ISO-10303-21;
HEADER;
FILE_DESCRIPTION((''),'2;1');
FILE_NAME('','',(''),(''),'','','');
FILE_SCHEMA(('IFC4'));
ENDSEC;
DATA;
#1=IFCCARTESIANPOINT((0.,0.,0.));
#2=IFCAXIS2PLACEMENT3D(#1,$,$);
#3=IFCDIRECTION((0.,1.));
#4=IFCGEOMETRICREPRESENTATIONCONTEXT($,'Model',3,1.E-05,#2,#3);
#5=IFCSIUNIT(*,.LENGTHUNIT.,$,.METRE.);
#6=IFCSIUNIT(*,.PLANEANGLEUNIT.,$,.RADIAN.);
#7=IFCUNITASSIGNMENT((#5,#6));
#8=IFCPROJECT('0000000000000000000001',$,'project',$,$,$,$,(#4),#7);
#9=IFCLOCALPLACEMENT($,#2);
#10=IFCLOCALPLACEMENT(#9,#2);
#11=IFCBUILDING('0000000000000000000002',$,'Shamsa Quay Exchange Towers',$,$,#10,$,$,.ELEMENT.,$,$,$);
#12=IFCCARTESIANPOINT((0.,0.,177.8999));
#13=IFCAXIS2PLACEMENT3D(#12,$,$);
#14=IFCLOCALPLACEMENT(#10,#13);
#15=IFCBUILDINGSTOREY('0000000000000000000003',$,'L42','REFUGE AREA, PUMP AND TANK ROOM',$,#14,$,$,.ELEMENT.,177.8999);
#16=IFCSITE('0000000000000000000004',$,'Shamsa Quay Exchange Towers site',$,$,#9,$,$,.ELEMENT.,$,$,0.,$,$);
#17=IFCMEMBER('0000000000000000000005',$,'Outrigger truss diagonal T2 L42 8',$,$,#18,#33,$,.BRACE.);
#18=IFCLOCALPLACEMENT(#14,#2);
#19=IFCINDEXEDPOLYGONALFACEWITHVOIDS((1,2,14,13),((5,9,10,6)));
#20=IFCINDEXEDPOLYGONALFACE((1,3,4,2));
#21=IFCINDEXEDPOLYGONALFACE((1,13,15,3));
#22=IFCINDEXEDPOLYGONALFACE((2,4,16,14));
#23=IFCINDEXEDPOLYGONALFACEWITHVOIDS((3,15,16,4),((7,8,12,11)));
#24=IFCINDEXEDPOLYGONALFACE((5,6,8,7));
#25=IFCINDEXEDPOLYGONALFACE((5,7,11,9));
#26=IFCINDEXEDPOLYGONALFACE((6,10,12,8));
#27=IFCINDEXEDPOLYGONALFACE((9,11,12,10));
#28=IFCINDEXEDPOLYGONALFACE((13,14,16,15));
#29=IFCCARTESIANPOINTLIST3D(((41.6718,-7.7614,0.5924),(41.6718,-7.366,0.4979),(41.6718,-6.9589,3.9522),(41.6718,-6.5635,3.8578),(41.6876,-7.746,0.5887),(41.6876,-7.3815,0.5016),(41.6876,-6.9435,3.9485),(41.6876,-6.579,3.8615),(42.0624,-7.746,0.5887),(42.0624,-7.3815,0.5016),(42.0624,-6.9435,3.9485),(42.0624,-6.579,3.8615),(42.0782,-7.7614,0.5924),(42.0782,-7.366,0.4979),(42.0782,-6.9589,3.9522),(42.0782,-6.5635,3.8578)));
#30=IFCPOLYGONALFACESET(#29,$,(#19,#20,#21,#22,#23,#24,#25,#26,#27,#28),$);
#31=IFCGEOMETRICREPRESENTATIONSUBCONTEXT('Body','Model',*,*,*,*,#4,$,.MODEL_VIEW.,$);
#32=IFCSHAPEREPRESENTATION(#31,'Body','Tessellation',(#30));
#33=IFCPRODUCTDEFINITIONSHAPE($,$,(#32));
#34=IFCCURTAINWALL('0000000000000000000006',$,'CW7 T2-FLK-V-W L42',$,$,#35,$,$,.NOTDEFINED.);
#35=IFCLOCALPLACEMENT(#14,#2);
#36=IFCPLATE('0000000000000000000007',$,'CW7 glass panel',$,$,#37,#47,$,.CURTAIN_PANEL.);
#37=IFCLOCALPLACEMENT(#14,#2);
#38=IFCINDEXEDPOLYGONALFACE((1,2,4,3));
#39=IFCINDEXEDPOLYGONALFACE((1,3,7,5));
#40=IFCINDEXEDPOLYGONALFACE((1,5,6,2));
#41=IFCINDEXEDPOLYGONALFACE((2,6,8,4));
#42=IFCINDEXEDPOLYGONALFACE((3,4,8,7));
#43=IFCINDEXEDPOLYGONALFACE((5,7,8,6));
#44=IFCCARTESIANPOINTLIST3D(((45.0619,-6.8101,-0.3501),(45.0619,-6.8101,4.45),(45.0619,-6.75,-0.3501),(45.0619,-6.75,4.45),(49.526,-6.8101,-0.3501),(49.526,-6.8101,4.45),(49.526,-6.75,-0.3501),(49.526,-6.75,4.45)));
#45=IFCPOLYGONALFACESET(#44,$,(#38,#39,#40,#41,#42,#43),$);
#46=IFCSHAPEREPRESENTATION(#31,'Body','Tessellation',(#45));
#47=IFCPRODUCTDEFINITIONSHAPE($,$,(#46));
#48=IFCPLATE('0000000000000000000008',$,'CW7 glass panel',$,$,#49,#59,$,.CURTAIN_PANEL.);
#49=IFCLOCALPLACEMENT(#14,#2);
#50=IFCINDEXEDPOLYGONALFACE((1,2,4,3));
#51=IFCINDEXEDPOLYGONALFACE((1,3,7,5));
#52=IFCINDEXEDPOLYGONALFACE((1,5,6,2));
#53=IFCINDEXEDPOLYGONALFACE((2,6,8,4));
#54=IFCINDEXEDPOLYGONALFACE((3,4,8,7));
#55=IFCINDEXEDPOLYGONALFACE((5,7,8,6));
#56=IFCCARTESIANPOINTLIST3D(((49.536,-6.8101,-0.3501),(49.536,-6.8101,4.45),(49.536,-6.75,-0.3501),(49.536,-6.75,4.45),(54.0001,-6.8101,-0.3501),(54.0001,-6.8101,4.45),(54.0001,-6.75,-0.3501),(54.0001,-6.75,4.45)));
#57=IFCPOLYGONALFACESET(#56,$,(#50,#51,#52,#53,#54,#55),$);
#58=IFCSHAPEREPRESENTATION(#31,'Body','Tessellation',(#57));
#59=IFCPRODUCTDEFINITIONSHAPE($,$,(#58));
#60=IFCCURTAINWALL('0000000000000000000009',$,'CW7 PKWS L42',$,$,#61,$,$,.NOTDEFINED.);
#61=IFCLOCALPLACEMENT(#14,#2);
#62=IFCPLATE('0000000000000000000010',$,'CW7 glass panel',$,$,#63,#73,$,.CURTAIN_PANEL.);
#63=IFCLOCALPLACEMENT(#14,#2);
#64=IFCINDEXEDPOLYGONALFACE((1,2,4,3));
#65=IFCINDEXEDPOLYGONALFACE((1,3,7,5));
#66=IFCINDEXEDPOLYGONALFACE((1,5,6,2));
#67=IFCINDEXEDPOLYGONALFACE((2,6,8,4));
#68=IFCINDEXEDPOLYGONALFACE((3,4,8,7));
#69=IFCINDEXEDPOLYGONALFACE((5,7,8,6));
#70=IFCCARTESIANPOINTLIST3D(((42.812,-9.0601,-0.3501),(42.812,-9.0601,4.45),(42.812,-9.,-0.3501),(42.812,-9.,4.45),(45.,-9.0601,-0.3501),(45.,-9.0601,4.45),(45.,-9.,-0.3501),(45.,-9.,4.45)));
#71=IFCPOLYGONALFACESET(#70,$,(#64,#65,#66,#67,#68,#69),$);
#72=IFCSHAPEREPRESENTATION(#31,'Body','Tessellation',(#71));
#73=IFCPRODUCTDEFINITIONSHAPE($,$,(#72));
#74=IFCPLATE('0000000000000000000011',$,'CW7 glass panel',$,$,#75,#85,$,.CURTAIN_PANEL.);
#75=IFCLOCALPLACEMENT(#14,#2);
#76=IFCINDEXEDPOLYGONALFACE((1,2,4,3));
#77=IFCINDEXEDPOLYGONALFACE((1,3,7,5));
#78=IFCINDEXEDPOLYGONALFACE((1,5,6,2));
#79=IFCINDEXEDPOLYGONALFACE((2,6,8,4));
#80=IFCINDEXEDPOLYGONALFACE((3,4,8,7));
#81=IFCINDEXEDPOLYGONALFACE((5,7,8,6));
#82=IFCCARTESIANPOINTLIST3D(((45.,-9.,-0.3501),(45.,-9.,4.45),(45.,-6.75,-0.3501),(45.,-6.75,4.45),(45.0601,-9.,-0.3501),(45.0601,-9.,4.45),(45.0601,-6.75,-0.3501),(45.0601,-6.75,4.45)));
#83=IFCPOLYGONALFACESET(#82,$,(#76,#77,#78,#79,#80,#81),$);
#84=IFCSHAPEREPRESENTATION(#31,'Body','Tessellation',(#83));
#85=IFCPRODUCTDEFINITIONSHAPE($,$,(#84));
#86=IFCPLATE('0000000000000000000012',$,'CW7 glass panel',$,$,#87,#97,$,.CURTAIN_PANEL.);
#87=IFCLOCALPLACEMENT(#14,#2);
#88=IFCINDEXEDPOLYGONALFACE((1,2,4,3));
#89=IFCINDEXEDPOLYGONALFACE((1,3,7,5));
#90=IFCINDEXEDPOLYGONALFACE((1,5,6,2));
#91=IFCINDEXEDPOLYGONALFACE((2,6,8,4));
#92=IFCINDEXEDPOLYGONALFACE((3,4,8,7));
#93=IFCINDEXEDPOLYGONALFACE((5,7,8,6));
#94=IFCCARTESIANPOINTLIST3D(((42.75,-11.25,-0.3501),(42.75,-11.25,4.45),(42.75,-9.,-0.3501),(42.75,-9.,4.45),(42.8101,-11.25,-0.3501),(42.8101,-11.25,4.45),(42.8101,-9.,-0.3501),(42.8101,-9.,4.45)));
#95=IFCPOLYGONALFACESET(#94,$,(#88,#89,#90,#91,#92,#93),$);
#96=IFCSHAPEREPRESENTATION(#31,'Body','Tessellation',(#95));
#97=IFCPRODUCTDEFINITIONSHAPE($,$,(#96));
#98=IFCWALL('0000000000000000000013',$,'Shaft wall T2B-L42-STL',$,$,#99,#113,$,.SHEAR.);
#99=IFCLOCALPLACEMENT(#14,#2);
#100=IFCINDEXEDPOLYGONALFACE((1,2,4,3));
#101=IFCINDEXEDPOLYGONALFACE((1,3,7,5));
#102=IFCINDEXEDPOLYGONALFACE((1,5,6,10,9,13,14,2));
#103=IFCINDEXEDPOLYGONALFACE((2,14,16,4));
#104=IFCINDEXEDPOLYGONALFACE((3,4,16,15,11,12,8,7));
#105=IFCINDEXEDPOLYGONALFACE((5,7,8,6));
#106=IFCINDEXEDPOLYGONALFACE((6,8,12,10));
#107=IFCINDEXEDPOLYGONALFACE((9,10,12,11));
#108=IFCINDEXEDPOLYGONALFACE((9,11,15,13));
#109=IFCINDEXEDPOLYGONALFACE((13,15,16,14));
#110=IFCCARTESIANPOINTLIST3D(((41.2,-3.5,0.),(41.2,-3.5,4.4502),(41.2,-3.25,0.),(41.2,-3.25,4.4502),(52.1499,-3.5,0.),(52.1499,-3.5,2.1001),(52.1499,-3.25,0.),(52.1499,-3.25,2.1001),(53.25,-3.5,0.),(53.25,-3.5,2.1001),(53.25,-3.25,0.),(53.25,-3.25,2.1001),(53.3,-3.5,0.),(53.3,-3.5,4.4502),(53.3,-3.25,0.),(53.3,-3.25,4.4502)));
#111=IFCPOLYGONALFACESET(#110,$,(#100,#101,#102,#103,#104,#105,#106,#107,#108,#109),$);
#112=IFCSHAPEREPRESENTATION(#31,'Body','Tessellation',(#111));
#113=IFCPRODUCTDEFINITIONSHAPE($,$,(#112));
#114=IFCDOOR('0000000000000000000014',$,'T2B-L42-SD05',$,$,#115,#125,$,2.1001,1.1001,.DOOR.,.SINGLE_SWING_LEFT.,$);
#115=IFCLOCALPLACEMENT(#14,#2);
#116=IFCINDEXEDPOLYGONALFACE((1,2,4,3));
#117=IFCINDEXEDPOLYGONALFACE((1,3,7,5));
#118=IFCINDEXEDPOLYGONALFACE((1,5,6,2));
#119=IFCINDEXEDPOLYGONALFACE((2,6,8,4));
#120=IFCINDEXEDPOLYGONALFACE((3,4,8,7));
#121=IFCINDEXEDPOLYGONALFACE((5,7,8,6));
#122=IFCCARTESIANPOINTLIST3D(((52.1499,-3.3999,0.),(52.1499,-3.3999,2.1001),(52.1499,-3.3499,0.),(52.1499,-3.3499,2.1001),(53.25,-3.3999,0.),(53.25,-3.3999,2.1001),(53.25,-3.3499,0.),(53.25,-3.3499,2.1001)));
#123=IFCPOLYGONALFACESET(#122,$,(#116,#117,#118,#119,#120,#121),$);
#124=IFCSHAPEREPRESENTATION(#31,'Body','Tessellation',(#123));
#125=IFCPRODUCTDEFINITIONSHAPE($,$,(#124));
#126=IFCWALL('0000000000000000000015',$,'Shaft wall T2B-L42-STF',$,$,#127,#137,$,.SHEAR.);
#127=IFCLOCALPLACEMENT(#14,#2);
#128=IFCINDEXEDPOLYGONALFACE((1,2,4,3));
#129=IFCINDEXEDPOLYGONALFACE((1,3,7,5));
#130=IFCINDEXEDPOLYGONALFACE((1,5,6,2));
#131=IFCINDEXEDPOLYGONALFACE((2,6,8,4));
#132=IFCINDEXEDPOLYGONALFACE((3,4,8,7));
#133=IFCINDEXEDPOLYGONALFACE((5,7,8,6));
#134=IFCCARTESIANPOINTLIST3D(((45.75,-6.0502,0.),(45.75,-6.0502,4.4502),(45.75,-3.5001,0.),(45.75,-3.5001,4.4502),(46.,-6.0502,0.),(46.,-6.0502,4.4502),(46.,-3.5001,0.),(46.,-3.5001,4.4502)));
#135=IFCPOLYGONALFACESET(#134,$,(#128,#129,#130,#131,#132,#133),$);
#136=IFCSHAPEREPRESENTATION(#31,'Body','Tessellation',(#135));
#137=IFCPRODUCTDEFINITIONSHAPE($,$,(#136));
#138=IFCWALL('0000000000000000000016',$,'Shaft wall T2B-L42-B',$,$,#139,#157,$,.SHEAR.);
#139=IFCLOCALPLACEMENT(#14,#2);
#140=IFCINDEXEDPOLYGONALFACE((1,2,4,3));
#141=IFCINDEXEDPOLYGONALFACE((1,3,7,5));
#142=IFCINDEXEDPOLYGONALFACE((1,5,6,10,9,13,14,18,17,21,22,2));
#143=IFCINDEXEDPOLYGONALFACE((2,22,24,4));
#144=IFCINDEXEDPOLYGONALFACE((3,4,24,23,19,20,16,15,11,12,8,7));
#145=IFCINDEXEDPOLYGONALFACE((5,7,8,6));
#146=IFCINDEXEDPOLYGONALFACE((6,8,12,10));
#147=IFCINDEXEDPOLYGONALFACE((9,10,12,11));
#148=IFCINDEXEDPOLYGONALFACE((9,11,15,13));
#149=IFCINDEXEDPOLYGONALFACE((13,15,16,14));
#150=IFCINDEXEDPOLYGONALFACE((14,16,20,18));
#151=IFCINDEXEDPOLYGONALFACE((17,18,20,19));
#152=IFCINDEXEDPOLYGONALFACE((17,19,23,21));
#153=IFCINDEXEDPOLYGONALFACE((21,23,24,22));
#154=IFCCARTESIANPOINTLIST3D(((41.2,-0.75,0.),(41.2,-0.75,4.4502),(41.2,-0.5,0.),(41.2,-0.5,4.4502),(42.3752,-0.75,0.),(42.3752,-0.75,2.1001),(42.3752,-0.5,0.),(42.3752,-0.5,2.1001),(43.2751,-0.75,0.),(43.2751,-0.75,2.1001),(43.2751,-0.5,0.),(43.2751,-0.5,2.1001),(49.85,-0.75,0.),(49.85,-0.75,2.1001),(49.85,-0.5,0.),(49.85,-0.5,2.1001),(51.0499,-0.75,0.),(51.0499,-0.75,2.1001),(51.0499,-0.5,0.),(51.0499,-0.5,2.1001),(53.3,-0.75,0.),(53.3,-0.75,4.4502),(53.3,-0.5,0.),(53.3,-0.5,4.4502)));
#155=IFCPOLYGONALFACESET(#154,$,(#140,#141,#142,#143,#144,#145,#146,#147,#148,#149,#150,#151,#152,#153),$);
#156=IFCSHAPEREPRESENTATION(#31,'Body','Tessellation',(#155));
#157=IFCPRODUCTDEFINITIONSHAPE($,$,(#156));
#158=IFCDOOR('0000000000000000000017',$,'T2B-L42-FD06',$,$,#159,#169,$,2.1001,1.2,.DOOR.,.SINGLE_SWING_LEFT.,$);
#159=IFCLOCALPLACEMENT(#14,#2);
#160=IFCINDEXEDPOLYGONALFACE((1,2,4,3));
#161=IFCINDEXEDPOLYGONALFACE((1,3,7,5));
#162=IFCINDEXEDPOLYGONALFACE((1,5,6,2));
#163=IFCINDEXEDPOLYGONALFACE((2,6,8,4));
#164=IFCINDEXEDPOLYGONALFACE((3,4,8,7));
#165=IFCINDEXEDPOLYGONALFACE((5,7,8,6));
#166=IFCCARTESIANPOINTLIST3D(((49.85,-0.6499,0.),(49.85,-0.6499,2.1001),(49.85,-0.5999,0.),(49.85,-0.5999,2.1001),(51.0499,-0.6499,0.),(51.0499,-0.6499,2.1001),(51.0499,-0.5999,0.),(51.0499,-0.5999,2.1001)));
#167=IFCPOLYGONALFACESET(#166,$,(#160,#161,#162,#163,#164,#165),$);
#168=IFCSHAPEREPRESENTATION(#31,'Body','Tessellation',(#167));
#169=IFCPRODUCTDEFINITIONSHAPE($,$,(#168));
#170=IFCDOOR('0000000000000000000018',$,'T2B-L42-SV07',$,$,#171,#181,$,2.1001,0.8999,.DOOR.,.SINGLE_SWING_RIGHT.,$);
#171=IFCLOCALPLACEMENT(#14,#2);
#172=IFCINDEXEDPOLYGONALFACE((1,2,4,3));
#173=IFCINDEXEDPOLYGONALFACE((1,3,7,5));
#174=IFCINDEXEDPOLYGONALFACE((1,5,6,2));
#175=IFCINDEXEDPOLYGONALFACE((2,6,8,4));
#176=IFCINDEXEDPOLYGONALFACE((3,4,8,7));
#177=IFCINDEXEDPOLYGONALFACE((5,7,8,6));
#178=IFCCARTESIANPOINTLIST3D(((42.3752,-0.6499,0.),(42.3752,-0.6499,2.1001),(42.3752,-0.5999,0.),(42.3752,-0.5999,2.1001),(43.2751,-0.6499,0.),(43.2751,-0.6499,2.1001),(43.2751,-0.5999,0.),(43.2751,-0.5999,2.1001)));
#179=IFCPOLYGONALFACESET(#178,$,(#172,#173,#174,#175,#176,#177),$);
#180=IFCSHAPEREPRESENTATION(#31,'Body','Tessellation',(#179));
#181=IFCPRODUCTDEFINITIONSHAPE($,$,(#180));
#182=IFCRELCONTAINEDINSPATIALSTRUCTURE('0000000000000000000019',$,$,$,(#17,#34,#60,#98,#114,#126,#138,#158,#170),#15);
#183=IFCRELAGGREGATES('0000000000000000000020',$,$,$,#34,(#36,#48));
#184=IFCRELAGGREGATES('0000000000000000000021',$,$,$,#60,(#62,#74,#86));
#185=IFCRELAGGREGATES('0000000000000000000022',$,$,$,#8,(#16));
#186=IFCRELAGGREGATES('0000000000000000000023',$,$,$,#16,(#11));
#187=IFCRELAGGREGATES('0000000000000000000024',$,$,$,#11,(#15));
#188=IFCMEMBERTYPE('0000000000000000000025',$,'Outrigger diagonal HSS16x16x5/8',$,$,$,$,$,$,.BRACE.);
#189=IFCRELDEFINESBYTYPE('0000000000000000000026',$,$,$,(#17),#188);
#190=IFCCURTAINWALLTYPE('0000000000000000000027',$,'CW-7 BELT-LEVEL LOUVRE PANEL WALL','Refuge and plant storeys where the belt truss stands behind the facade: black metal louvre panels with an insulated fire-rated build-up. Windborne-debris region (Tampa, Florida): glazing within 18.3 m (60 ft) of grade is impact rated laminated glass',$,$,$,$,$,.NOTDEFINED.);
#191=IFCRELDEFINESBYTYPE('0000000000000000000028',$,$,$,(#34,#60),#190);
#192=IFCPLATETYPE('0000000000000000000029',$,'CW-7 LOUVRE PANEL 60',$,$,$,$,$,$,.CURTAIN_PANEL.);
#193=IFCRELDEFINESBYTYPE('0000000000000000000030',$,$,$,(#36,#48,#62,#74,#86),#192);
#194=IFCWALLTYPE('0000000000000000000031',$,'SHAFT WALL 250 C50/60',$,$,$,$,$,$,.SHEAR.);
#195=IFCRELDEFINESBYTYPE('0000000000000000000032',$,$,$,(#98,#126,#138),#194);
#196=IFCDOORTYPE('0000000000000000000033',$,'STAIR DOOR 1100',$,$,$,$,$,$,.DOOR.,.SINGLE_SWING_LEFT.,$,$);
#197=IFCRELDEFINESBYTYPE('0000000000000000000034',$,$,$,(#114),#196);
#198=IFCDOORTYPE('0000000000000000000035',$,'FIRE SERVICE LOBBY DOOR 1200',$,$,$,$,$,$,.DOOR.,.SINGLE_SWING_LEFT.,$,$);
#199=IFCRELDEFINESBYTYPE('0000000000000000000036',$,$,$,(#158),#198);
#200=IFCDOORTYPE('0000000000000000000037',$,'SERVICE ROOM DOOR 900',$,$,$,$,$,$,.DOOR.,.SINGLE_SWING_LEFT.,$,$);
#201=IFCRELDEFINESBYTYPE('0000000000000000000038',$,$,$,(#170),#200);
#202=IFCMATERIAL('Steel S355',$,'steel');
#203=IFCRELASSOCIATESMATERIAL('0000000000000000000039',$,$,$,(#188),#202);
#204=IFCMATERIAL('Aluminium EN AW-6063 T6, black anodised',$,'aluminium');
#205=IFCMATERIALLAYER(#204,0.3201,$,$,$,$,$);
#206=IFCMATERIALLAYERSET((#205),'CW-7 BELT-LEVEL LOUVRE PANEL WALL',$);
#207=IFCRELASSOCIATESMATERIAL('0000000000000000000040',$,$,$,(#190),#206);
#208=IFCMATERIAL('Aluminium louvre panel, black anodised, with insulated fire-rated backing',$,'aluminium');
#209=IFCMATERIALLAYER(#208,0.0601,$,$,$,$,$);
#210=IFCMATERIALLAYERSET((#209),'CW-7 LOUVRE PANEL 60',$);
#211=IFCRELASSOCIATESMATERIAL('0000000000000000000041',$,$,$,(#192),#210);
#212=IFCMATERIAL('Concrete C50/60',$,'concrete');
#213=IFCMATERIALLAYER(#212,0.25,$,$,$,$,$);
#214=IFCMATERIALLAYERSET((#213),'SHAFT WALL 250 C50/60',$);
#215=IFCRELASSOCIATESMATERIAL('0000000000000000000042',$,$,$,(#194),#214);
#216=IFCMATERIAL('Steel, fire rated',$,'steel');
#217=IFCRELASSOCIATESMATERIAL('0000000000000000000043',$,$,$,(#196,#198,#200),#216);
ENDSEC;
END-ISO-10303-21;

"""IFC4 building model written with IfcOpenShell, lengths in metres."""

from ifc_helpers import new_model, si_unit, direction, frame, frame_2d, origin, origin_2d, place, context, subcontext, project, spatial, rectangle, hollow_rectangle, extrude, material, layer, layer_set, material_profile, profile_set, type_object, element, fill, aggregate, save


model = new_model("IFC4")

# Units and contexts
model_context = context("Model", 3, precision=1e-05, world=origin(), true_north=direction((0.0, 1.0)))
body_context = subcontext(model_context, "Body", "Model", "MODEL_VIEW")
ifc_project = project(units=[si_unit("LENGTHUNIT", "METRE"), si_unit("PLANEANGLEUNIT", "RADIAN")], contexts=[model_context])

# Site, building, storey
site_placement = place(None, origin())
site = spatial("IfcSite", under=ifc_project, at=site_placement, Name="Shamsa Quay Exchange Towers site", CompositionType="ELEMENT", RefElevation=0.0)
building_placement = place(site_placement, origin())
building = spatial("IfcBuilding", under=site, at=building_placement, Name="Shamsa Quay Exchange Towers", CompositionType="ELEMENT")
storey_placement = place(building_placement, frame((0.0, 0.0, 177.8999)))
storey = spatial("IfcBuildingStorey", under=building, at=storey_placement, Name="L42", Description="REFUGE AREA, PUMP AND TANK ROOM", CompositionType="ELEMENT", Elevation=177.8999)

# Member
ifc_material_1 = material(Name="Steel S355", Category="steel")
ifc_material_profile = material_profile(ifc_material_1, hollow_rectangle(XDim=0.4065, YDim=0.4065, WallThickness=0.0159, at=origin_2d()), Name="HSS16x16x5/8")
ifc_profile_set = profile_set([ifc_material_profile], Name="Steel S355")
member_type = type_object("IfcMemberType", Name="Outrigger diagonal HSS16x16x5/8", PredefinedType="BRACE", material=ifc_profile_set)
member_placement = place(storey_placement, frame((41.875, -7.5637, 0.5452), z_axis=(0.0, 0.232312, 0.972641), x_axis=(-1.0, 0.0, 0.0)))
element("IfcMember", 1, at=member_placement, inside=storey, type_object=member_type, Name="Outrigger truss diagonal T2 L42 8", PredefinedType="BRACE", context=body_context, shape_type="SweptSolid", body=[
    extrude(hollow_rectangle(XDim=0.4065, YDim=0.4065, WallThickness=0.0159, at=origin_2d()), origin(), (0.0, 0.0, 1.0), 3.4543),
])

# Curtain walls, plates
ifc_material_2 = material(Name="Aluminium EN AW-6063 T6, black anodised", Category="aluminium")
ifc_layer_1 = layer(ifc_material_2, 0.3201)
ifc_layer_set_1 = layer_set([ifc_layer_1], Name="CW-7 BELT-LEVEL LOUVRE PANEL WALL")
curtain_wall_type = type_object("IfcCurtainWallType", Name="CW-7 BELT-LEVEL LOUVRE PANEL WALL", Description="Refuge and plant storeys where the belt truss stands behind the facade: black metal louvre panels with an insulated fire-rated build-up. Windborne-debris region (Tampa, Florida): glazing within 18.3 m (60 ft) of grade is impact rated laminated glass", PredefinedType="NOTDEFINED", material=ifc_layer_set_1)
curtain_wall_1_placement = place(storey_placement, origin())
curtain_wall_1 = element("IfcCurtainWall", 2, at=curtain_wall_1_placement, inside=storey, type_object=curtain_wall_type, Name="CW7 T2-FLK-V-W L42", PredefinedType="NOTDEFINED")
ifc_material_3 = material(Name="Aluminium louvre panel, black anodised, with insulated fire-rated backing", Category="aluminium")
ifc_layer_2 = layer(ifc_material_3, 0.0601)
ifc_layer_set_2 = layer_set([ifc_layer_2], Name="CW-7 LOUVRE PANEL 60")
plate_type = type_object("IfcPlateType", Name="CW-7 LOUVRE PANEL 60", PredefinedType="CURTAIN_PANEL", material=ifc_layer_set_2)
plate_1_placement = place(storey_placement, frame((47.2939, -6.78, -0.3501)))
plate_1 = element("IfcPlate", 3, at=plate_1_placement, type_object=plate_type, Name="CW7 glass panel", PredefinedType="CURTAIN_PANEL", context=body_context, shape_type="SweptSolid", body=[
    extrude(rectangle(XDim=4.4641, YDim=0.0601, at=origin_2d()), origin(), (0.0, 0.0, 1.0), 4.8),
])
plate_2_placement = place(storey_placement, frame((51.7681, -6.78, -0.3501)))
plate_2 = element("IfcPlate", 4, at=plate_2_placement, type_object=plate_type, Name="CW7 glass panel", PredefinedType="CURTAIN_PANEL", context=body_context, shape_type="SweptSolid", body=[
    extrude(rectangle(XDim=4.4641, YDim=0.0601, at=origin_2d()), origin(), (0.0, 0.0, 1.0), 4.8),
])
aggregate(curtain_wall_1, [plate_1, plate_2])
curtain_wall_2_placement = place(storey_placement, origin())
curtain_wall_2 = element("IfcCurtainWall", 5, at=curtain_wall_2_placement, inside=storey, type_object=curtain_wall_type, Name="CW7 PKWS L42", PredefinedType="NOTDEFINED")
plate_3_placement = place(storey_placement, frame((43.906, -9.03, -0.3501)))
plate_3 = element("IfcPlate", 6, at=plate_3_placement, type_object=plate_type, Name="CW7 glass panel", PredefinedType="CURTAIN_PANEL", context=body_context, shape_type="SweptSolid", body=[
    extrude(rectangle(XDim=2.188, YDim=0.0601, at=origin_2d()), origin(), (0.0, 0.0, 1.0), 4.8),
])
plate_4_placement = place(storey_placement, frame((45.03, -7.875, -0.3501), z_axis=(0.0, 0.0, 1.0), x_axis=(0.0, 1.0, 0.0)))
plate_4 = element("IfcPlate", 7, at=plate_4_placement, type_object=plate_type, Name="CW7 glass panel", PredefinedType="CURTAIN_PANEL", context=body_context, shape_type="SweptSolid", body=[
    extrude(rectangle(XDim=2.25, YDim=0.0601, at=origin_2d()), origin(), (0.0, 0.0, 1.0), 4.8),
])
plate_5_placement = place(storey_placement, frame((42.78, -10.125, -0.3501), z_axis=(0.0, 0.0, 1.0), x_axis=(0.0, 1.0, 0.0)))
plate_5 = element("IfcPlate", 8, at=plate_5_placement, type_object=plate_type, Name="CW7 glass panel", PredefinedType="CURTAIN_PANEL", context=body_context, shape_type="SweptSolid", body=[
    extrude(rectangle(XDim=2.25, YDim=0.0601, at=origin_2d()), origin(), (0.0, 0.0, 1.0), 4.8),
])
aggregate(curtain_wall_2, [plate_3, plate_4, plate_5])

# Wall, opening, door
ifc_material_4 = material(Name="Concrete C50/60", Category="concrete")
ifc_layer_3 = layer(ifc_material_4, 0.25)
ifc_layer_set_3 = layer_set([ifc_layer_3], Name="SHAFT WALL 250 C50/60")
wall_type = type_object("IfcWallType", Name="SHAFT WALL 250 C50/60", PredefinedType="SHEAR", material=ifc_layer_set_3)
wall_1_placement = place(storey_placement, frame((53.3, -3.375, 0.0), z_axis=(0.0, 0.0, 1.0), x_axis=(-1.0, 0.0, 0.0)))
wall_1 = element("IfcWall", 9, at=wall_1_placement, inside=storey, type_object=wall_type, Name="Shaft wall T2B-L42-STL", PredefinedType="SHEAR", context=body_context, shape_type="SweptSolid", body=[
    extrude(rectangle(XDim=12.1001, YDim=0.25, at=frame_2d((6.05, 0.0))), origin(), (0.0, 0.0, 1.0), 4.4502),
])
opening_1_placement = place(wall_1_placement, frame((0.05, 0.0, 0.0)))
opening_1 = element("IfcOpeningElement", 10, at=opening_1_placement, cuts=wall_1, PredefinedType="OPENING", context=body_context, shape_type="SweptSolid", body=[
    extrude(rectangle(XDim=1.1001, YDim=2.1001, at=frame_2d((0.55, 1.05))), frame((0.0, 0.135, 0.0), z_axis=(0.0, -1.0, 0.0), x_axis=(1.0, 0.0, 0.0)), (0.0, 0.0, 1.0), 0.27),
])
ifc_material_5 = material(Name="Steel, fire rated", Category="steel")
door_type_1 = type_object("IfcDoorType", Name="STAIR DOOR 1100", OperationType="SINGLE_SWING_LEFT", PredefinedType="DOOR", material=ifc_material_5)
door_1_placement = place(opening_1_placement, origin())
door_1 = element("IfcDoor", 11, at=door_1_placement, inside=storey, type_object=door_type_1, Name="T2B-L42-SD05", OperationType="SINGLE_SWING_LEFT", OverallHeight=2.1001, OverallWidth=1.1001, PredefinedType="DOOR", context=body_context, shape_type="SweptSolid", body=[
    extrude(rectangle(XDim=1.1001, YDim=2.1001, at=frame_2d((0.55, 1.05))), frame((0.0, 0.0249, 0.0), z_axis=(0.0, -1.0, 0.0), x_axis=(1.0, 0.0, 0.0)), (0.0, 0.0, 1.0), 0.05),
])
fill(opening_1, door_1)

# Wall
wall_2_placement = place(storey_placement, frame((45.875, -6.05, 0.0), z_axis=(0.0, 0.0, 1.0), x_axis=(0.0, 1.0, 0.0)))
element("IfcWall", 12, at=wall_2_placement, inside=storey, type_object=wall_type, Name="Shaft wall T2B-L42-STF", PredefinedType="SHEAR", context=body_context, shape_type="SweptSolid", body=[
    extrude(rectangle(XDim=2.55, YDim=0.25, at=frame_2d((1.2749, 0.0))), origin(), (0.0, 0.0, 1.0), 4.4502),
])

# Wall, openings, doors
wall_3_placement = place(storey_placement, frame((53.3, -0.625, 0.0), z_axis=(0.0, 0.0, 1.0), x_axis=(-1.0, 0.0, 0.0)))
wall_3 = element("IfcWall", 13, at=wall_3_placement, inside=storey, type_object=wall_type, Name="Shaft wall T2B-L42-B", PredefinedType="SHEAR", context=body_context, shape_type="SweptSolid", body=[
    extrude(rectangle(XDim=12.1001, YDim=0.25, at=frame_2d((6.05, 0.0))), origin(), (0.0, 0.0, 1.0), 4.4502),
])
opening_2_placement = place(wall_3_placement, frame((2.25, 0.0, 0.0)))
opening_2 = element("IfcOpeningElement", 14, at=opening_2_placement, cuts=wall_3, PredefinedType="OPENING", context=body_context, shape_type="SweptSolid", body=[
    extrude(rectangle(XDim=1.2, YDim=2.1001, at=frame_2d((0.6001, 1.05))), frame((0.0, 0.135, 0.0), z_axis=(0.0, -1.0, 0.0), x_axis=(1.0, 0.0, 0.0)), (0.0, 0.0, 1.0), 0.27),
])
opening_3_placement = place(wall_3_placement, frame((10.0249, 0.0, 0.0)))
opening_3 = element("IfcOpeningElement", 15, at=opening_3_placement, cuts=wall_3, PredefinedType="OPENING", context=body_context, shape_type="SweptSolid", body=[
    extrude(rectangle(XDim=0.8999, YDim=2.1001, at=frame_2d((0.45, 1.05))), frame((0.0, 0.135, 0.0), z_axis=(0.0, -1.0, 0.0), x_axis=(1.0, 0.0, 0.0)), (0.0, 0.0, 1.0), 0.27),
])
door_type_2 = type_object("IfcDoorType", Name="FIRE SERVICE LOBBY DOOR 1200", OperationType="SINGLE_SWING_LEFT", PredefinedType="DOOR", material=ifc_material_5)
door_2_placement = place(opening_2_placement, origin())
door_2 = element("IfcDoor", 16, at=door_2_placement, inside=storey, type_object=door_type_2, Name="T2B-L42-FD06", OperationType="SINGLE_SWING_LEFT", OverallHeight=2.1001, OverallWidth=1.2, PredefinedType="DOOR", context=body_context, shape_type="SweptSolid", body=[
    extrude(rectangle(XDim=1.2, YDim=2.1001, at=frame_2d((0.6001, 1.05))), frame((0.0, 0.0249, 0.0), z_axis=(0.0, -1.0, 0.0), x_axis=(1.0, 0.0, 0.0)), (0.0, 0.0, 1.0), 0.05),
])
fill(opening_2, door_2)
door_type_3 = type_object("IfcDoorType", Name="SERVICE ROOM DOOR 900", OperationType="SINGLE_SWING_LEFT", PredefinedType="DOOR", material=ifc_material_5)
door_3_placement = place(opening_3_placement, origin())
door_3 = element("IfcDoor", 17, at=door_3_placement, inside=storey, type_object=door_type_3, Name="T2B-L42-SV07", OperationType="SINGLE_SWING_RIGHT", OverallHeight=2.1001, OverallWidth=0.8999, PredefinedType="DOOR", context=body_context, shape_type="SweptSolid", body=[
    extrude(rectangle(XDim=0.8999, YDim=2.1001, at=frame_2d((0.45, 1.05))), frame((0.0, 0.0249, 0.0), z_axis=(0.0, -1.0, 0.0), x_axis=(1.0, 0.0, 0.0)), (0.0, 0.0, 1.0), 0.05),
])
fill(opening_3, door_3)

save(model, "model.ifc")
